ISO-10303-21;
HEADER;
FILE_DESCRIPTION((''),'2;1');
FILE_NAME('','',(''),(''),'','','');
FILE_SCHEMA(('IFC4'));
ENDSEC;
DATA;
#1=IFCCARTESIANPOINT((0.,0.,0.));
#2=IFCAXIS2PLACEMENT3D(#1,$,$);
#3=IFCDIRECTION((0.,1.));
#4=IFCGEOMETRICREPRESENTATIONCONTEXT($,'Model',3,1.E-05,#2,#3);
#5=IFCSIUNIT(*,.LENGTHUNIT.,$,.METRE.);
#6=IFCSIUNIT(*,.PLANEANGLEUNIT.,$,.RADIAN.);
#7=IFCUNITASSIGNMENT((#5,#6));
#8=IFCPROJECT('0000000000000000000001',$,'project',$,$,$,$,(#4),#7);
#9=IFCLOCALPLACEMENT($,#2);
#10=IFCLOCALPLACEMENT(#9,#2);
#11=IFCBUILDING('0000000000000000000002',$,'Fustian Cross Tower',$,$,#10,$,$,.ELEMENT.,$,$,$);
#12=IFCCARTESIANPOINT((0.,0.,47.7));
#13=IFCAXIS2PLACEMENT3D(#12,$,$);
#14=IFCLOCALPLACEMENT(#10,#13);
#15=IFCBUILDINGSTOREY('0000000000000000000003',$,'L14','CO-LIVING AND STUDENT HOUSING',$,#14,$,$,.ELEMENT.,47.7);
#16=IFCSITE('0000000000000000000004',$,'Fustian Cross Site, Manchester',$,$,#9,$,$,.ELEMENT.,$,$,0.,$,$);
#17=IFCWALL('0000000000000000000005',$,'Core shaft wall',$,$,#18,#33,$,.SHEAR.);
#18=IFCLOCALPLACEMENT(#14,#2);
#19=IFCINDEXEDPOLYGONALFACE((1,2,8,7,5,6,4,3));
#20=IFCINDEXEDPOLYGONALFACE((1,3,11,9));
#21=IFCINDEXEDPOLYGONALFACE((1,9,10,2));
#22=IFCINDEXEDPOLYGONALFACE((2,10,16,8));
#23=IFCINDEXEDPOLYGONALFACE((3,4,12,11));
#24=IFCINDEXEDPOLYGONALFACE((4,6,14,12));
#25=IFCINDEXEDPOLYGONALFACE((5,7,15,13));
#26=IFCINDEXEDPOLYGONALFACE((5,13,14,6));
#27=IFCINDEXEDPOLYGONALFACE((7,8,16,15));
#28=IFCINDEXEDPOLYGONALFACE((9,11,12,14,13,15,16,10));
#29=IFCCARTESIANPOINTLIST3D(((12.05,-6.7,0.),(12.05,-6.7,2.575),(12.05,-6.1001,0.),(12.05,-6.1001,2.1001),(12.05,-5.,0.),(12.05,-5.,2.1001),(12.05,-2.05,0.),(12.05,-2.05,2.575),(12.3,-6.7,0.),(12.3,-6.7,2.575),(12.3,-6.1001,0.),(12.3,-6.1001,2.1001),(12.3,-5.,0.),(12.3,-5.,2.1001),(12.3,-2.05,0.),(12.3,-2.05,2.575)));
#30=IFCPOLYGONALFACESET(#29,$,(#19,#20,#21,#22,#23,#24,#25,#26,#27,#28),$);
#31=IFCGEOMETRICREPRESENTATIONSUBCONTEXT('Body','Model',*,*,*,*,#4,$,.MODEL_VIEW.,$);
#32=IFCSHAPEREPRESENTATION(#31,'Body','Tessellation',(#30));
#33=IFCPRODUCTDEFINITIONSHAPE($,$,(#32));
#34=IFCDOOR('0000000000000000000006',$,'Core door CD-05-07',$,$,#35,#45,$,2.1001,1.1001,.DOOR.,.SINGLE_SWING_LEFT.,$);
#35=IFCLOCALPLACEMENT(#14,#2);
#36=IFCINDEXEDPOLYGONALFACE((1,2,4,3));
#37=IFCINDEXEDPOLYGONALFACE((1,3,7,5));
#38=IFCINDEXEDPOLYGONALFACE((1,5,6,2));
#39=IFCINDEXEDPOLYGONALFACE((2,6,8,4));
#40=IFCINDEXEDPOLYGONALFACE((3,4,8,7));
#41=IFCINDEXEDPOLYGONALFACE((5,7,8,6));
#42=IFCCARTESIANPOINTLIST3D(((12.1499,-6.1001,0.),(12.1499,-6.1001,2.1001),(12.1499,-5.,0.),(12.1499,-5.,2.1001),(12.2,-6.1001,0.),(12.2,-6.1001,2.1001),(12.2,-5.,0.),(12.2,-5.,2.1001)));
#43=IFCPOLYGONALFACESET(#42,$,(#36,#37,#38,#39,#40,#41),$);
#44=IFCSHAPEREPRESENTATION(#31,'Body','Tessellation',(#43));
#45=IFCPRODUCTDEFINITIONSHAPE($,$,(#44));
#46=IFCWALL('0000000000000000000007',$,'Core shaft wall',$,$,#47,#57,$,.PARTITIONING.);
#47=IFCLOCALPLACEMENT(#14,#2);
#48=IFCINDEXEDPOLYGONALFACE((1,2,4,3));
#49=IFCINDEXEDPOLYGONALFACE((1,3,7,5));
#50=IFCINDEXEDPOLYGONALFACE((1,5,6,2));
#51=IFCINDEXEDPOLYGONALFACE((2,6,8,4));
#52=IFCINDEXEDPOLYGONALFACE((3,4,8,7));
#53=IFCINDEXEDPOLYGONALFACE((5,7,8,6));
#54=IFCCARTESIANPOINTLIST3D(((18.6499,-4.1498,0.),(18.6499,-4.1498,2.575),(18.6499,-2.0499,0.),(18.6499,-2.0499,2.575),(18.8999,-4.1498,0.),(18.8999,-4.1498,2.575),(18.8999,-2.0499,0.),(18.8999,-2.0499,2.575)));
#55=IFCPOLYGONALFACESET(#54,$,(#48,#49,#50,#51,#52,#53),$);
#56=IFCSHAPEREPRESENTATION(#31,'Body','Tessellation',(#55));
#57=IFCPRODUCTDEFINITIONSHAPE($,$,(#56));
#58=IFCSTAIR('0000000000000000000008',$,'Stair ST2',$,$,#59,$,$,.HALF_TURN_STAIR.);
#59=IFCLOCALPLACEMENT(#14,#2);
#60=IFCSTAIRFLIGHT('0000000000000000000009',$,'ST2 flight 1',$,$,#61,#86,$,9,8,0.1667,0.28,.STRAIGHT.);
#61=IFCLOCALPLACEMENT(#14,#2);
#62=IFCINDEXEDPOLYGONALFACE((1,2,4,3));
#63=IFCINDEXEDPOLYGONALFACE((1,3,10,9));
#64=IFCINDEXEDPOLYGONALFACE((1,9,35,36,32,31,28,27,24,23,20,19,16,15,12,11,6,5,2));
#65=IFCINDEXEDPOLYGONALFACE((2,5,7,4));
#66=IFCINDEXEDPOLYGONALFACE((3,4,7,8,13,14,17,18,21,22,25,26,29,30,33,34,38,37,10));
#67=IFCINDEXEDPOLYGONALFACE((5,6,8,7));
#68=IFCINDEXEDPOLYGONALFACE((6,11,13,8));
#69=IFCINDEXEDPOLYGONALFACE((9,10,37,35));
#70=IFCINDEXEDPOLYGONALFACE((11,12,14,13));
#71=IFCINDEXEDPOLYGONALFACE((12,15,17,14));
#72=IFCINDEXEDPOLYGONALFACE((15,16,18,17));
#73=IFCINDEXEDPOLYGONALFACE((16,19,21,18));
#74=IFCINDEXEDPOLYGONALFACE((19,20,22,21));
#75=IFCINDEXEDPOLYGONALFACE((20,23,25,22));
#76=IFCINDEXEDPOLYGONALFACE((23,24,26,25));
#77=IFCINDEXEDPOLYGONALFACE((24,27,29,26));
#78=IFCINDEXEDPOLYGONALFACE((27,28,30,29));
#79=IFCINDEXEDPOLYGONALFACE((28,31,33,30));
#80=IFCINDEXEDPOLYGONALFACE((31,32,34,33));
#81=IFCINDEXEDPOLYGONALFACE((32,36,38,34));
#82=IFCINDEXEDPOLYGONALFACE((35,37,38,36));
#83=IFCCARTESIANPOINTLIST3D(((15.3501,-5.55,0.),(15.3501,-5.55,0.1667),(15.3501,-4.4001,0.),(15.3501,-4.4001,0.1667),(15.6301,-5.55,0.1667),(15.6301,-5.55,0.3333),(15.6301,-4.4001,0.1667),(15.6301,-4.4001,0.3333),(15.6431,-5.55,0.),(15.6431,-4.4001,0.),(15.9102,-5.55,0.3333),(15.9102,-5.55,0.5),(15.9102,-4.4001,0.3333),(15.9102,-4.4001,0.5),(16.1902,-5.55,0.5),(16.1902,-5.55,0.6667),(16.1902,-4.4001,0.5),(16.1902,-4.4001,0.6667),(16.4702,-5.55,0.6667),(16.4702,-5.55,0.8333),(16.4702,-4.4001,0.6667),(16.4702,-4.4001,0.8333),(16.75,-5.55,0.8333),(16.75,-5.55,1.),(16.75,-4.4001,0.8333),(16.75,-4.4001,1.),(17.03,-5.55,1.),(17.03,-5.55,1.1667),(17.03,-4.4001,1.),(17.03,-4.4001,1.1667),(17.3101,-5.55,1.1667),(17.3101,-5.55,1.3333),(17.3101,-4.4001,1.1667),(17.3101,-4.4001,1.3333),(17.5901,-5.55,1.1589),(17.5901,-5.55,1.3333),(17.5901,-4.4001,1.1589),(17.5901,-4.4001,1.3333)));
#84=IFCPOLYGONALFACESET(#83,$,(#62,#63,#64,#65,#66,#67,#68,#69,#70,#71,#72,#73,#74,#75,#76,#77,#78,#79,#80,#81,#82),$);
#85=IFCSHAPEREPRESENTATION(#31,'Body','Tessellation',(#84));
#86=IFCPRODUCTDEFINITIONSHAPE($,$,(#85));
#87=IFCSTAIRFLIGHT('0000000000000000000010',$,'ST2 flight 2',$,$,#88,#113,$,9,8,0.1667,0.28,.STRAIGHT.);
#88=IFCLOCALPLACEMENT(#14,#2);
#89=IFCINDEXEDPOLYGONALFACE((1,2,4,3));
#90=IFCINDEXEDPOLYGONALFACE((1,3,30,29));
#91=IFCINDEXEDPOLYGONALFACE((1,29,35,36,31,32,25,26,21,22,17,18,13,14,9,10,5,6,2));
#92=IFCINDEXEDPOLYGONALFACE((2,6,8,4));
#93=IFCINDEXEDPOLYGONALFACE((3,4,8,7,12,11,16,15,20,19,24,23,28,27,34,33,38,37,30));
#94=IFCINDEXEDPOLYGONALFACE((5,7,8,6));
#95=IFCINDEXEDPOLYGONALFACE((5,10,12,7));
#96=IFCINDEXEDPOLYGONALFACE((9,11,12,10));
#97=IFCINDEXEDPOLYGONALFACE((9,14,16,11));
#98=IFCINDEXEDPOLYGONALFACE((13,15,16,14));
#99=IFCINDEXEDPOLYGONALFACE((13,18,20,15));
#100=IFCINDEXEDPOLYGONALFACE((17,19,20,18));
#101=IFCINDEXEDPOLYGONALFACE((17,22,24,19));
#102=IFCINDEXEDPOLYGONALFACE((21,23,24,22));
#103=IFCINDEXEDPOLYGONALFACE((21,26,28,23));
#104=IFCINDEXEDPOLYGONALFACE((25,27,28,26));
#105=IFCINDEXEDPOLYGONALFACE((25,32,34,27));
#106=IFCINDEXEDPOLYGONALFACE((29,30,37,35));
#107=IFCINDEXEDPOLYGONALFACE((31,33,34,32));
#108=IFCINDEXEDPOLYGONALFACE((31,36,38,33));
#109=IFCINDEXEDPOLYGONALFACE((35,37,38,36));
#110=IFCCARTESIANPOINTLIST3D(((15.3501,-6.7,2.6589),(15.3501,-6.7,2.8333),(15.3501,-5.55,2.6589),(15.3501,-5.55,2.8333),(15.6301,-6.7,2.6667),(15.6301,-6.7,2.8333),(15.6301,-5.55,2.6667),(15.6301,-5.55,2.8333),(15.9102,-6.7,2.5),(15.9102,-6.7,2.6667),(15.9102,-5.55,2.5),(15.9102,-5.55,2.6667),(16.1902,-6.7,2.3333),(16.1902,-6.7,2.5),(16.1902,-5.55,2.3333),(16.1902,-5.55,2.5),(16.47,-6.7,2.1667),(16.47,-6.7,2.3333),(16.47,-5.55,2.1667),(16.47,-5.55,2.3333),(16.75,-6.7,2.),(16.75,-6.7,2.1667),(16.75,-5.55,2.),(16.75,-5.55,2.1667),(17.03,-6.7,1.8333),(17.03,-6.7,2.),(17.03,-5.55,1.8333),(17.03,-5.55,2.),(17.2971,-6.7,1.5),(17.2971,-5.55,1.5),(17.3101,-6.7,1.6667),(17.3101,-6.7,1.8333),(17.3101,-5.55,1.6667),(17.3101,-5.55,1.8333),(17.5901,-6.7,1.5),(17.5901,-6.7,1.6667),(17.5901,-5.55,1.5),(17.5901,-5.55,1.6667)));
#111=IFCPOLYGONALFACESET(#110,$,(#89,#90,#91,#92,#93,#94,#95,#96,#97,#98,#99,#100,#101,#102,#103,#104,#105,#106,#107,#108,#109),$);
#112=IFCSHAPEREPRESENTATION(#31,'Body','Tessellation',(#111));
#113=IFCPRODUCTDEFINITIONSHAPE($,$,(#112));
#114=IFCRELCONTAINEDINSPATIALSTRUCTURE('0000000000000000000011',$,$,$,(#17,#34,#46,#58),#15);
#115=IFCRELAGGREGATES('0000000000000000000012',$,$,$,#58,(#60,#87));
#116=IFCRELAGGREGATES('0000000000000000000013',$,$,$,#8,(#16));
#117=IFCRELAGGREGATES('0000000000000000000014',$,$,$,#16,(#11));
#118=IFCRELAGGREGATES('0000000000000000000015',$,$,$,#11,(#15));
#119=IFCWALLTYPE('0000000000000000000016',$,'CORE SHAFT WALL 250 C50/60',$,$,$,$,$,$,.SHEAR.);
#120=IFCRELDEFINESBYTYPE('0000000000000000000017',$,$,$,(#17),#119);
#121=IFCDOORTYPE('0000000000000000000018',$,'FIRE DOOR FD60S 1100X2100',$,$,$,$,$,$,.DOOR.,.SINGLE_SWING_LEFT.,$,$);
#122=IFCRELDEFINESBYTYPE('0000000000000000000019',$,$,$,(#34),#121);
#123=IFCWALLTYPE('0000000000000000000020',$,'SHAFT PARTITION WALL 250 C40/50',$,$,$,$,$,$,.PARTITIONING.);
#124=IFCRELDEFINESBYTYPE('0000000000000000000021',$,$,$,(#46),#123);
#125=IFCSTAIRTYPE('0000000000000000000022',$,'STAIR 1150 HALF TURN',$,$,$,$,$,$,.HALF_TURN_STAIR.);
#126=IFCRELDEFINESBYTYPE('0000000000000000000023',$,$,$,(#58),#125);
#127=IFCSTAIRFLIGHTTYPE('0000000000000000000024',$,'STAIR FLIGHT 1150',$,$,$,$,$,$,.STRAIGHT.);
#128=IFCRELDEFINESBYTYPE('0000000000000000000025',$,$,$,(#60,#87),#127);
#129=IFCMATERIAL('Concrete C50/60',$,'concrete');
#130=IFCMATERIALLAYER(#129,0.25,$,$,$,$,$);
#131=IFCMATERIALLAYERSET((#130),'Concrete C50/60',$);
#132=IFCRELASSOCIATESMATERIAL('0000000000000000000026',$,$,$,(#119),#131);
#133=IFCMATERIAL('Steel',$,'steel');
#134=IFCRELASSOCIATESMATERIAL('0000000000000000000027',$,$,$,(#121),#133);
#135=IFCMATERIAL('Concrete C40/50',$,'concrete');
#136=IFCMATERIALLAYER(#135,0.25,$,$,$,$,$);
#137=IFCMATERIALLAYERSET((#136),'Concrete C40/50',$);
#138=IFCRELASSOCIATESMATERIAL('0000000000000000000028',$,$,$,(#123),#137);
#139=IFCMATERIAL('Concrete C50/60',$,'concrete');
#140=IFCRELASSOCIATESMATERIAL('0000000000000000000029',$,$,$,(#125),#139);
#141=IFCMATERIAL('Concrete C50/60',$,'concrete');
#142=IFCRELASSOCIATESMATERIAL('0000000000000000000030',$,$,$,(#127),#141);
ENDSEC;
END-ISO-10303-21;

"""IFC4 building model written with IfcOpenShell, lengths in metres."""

from ifc_helpers import new_model, si_unit, direction, frame, frame_2d, origin, place, context, subcontext, project, spatial, polyline, rectangle, outline, extrude, material, layer, layer_set, type_object, element, fill, aggregate, save


model = new_model("IFC4")

# Units and contexts
model_context = context("Model", 3, precision=1e-05, world=origin(), true_north=direction((0.0, 1.0)))
body_context = subcontext(model_context, "Body", "Model", "MODEL_VIEW")
ifc_project = project(units=[si_unit("LENGTHUNIT", "METRE"), si_unit("PLANEANGLEUNIT", "RADIAN")], contexts=[model_context])

# Site, building, storey
site_placement = place(None, origin())
site = spatial("IfcSite", under=ifc_project, at=site_placement, Name="Fustian Cross Site, Manchester", CompositionType="ELEMENT", RefElevation=0.0)
building_placement = place(site_placement, origin())
building = spatial("IfcBuilding", under=site, at=building_placement, Name="Fustian Cross Tower", CompositionType="ELEMENT")
storey_placement = place(building_placement, frame((0.0, 0.0, 47.7)))
storey = spatial("IfcBuildingStorey", under=building, at=storey_placement, Name="L14", Description="CO-LIVING AND STUDENT HOUSING", CompositionType="ELEMENT", Elevation=47.7)

# Shared definitions
ifc_material_1 = material(Name="Concrete C50/60", Category="concrete")
ifc_layer_1 = layer(ifc_material_1, 0.25)
ifc_layer_set_1 = layer_set([ifc_layer_1], Name="Concrete C50/60")
wall_type_1 = type_object("IfcWallType", Name="CORE SHAFT WALL 250 C50/60", PredefinedType="SHEAR", material=ifc_layer_set_1)

# Wall, opening, door
wall_1_placement = place(storey_placement, frame((12.175, -2.05, 0.0), z_axis=(0.0, 0.0, 1.0), x_axis=(0.0, -1.0, 0.0)))
wall_1 = element("IfcWall", 1, at=wall_1_placement, inside=storey, type_object=wall_type_1, Name="Core shaft wall", PredefinedType="SHEAR", context=body_context, shape_type="SweptSolid", body=[
    extrude(rectangle(XDim=4.6499, YDim=0.25, at=frame_2d((2.325, 0.0))), origin(), (0.0, 0.0, 1.0), 2.575),
])
opening_1_placement = place(wall_1_placement, frame((2.95, 0.0, 0.0)))
opening_1 = element("IfcOpeningElement", 2, at=opening_1_placement, cuts=wall_1, PredefinedType="OPENING", context=body_context, shape_type="SweptSolid", body=[
    extrude(rectangle(XDim=1.1001, YDim=2.1001, at=frame_2d((0.55, 1.05))), frame((0.0, 0.135, 0.0), z_axis=(0.0, -1.0, 0.0), x_axis=(1.0, 0.0, 0.0)), (0.0, 0.0, 1.0), 0.27),
])
ifc_material_2 = material(Name="Steel", Category="steel")
door_type_1 = type_object("IfcDoorType", Name="FIRE DOOR FD60S 1100X2100", OperationType="SINGLE_SWING_LEFT", PredefinedType="DOOR", material=ifc_material_2)
door_1_placement = place(opening_1_placement, origin())
door_1 = element("IfcDoor", 3, at=door_1_placement, inside=storey, type_object=door_type_1, Name="Core door CD-05-07", OperationType="SINGLE_SWING_LEFT", OverallHeight=2.1001, OverallWidth=1.1001, PredefinedType="DOOR", context=body_context, shape_type="SweptSolid", body=[
    extrude(rectangle(XDim=1.1001, YDim=2.1001, at=frame_2d((0.55, 1.05))), frame((0.0, 0.0249, 0.0), z_axis=(0.0, -1.0, 0.0), x_axis=(1.0, 0.0, 0.0)), (0.0, 0.0, 1.0), 0.05),
])
fill(opening_1, door_1)

# Wall
ifc_material_3 = material(Name="Concrete C40/50", Category="concrete")
ifc_layer_2 = layer(ifc_material_3, 0.25)
ifc_layer_set_2 = layer_set([ifc_layer_2], Name="Concrete C40/50")
wall_type_2 = type_object("IfcWallType", Name="SHAFT PARTITION WALL 250 C40/50", PredefinedType="PARTITIONING", material=ifc_layer_set_2)
wall_2_placement = place(storey_placement, frame((18.7749, -2.05, 0.0), z_axis=(0.0, 0.0, 1.0), x_axis=(0.0, -1.0, 0.0)))
element("IfcWall", 4, at=wall_2_placement, inside=storey, type_object=wall_type_2, Name="Core shaft wall", PredefinedType="PARTITIONING", context=body_context, shape_type="SweptSolid", body=[
    extrude(rectangle(XDim=2.0999, YDim=0.25, at=frame_2d((1.0498, 0.0))), origin(), (0.0, 0.0, 1.0), 2.575),
])

# Stair, stair flights
ifc_material_4 = material(Name="Concrete C50/60", Category="concrete")
stair_type = type_object("IfcStairType", Name="STAIR 1150 HALF TURN", PredefinedType="HALF_TURN_STAIR", material=ifc_material_4)
stair_placement = place(storey_placement, origin())
stair = element("IfcStair", 5, at=stair_placement, inside=storey, type_object=stair_type, Name="Stair ST2", PredefinedType="HALF_TURN_STAIR")
ifc_material_5 = material(Name="Concrete C50/60", Category="concrete")
stair_flight_type = type_object("IfcStairFlightType", Name="STAIR FLIGHT 1150", PredefinedType="STRAIGHT", material=ifc_material_5)
stair_flight_1_placement = place(storey_placement, frame((15.3501, -4.9751, 0.0), z_axis=(0.0, 0.0, 1.0), x_axis=(1.0, 0.0, 0.0)))
stair_flight_1 = element("IfcStairFlight", 6, at=stair_flight_1_placement, type_object=stair_flight_type, Name="ST2 flight 1", NumberOfRisers=9, NumberOfTreads=8, PredefinedType="STRAIGHT", RiserHeight=0.1667, TreadLength=0.28, context=body_context, shape_type="SweptSolid", body=[
    extrude(outline(polyline([(0.0, 0.0), (0.0, 0.1667), (0.28, 0.1667), (0.28, 0.3333), (0.5601, 0.3333), (0.5601, 0.5), (0.8401, 0.5), (0.8401, 0.6667), (1.1201, 0.6667), (1.1201, 0.8333), (1.3999, 0.8333), (1.3999, 1.0), (1.6799, 1.0), (1.6799, 1.1667), (1.96, 1.1667), (1.96, 1.3333), (2.24, 1.3333), (2.24, 1.5), (2.24, 1.1589), (0.293, 0.0), (0.0, 0.0)])), frame((0.0, 0.575, 0.0), z_axis=(0.0, -1.0, 0.0), x_axis=(1.0, 0.0, 0.0)), (0.0, 0.0, 1.0), 1.1499),
])
stair_flight_2_placement = place(storey_placement, frame((17.5901, -6.125, 1.5), z_axis=(0.0, 0.0, 1.0), x_axis=(-1.0, 0.0, 0.0)))
stair_flight_2 = element("IfcStairFlight", 7, at=stair_flight_2_placement, type_object=stair_flight_type, Name="ST2 flight 2", NumberOfRisers=9, NumberOfTreads=8, PredefinedType="STRAIGHT", RiserHeight=0.1667, TreadLength=0.28, context=body_context, shape_type="SweptSolid", body=[
    extrude(outline(polyline([(0.0, 0.0), (0.0, 0.1667), (0.28, 0.1667), (0.28, 0.3333), (0.5601, 0.3333), (0.5601, 0.5), (0.8401, 0.5), (0.8401, 0.6667), (1.1201, 0.6667), (1.1201, 0.8333), (1.3999, 0.8333), (1.3999, 1.0), (1.6799, 1.0), (1.6799, 1.1667), (1.96, 1.1667), (1.96, 1.3333), (2.24, 1.3333), (2.24, 1.5), (2.24, 1.1589), (0.293, 0.0), (0.0, 0.0)])), frame((0.0, 0.575, 0.0), z_axis=(0.0, -1.0, 0.0), x_axis=(1.0, 0.0, 0.0)), (0.0, 0.0, 1.0), 1.1499),
])
aggregate(stair, [stair_flight_1, stair_flight_2])

save(model, "model.ifc")
